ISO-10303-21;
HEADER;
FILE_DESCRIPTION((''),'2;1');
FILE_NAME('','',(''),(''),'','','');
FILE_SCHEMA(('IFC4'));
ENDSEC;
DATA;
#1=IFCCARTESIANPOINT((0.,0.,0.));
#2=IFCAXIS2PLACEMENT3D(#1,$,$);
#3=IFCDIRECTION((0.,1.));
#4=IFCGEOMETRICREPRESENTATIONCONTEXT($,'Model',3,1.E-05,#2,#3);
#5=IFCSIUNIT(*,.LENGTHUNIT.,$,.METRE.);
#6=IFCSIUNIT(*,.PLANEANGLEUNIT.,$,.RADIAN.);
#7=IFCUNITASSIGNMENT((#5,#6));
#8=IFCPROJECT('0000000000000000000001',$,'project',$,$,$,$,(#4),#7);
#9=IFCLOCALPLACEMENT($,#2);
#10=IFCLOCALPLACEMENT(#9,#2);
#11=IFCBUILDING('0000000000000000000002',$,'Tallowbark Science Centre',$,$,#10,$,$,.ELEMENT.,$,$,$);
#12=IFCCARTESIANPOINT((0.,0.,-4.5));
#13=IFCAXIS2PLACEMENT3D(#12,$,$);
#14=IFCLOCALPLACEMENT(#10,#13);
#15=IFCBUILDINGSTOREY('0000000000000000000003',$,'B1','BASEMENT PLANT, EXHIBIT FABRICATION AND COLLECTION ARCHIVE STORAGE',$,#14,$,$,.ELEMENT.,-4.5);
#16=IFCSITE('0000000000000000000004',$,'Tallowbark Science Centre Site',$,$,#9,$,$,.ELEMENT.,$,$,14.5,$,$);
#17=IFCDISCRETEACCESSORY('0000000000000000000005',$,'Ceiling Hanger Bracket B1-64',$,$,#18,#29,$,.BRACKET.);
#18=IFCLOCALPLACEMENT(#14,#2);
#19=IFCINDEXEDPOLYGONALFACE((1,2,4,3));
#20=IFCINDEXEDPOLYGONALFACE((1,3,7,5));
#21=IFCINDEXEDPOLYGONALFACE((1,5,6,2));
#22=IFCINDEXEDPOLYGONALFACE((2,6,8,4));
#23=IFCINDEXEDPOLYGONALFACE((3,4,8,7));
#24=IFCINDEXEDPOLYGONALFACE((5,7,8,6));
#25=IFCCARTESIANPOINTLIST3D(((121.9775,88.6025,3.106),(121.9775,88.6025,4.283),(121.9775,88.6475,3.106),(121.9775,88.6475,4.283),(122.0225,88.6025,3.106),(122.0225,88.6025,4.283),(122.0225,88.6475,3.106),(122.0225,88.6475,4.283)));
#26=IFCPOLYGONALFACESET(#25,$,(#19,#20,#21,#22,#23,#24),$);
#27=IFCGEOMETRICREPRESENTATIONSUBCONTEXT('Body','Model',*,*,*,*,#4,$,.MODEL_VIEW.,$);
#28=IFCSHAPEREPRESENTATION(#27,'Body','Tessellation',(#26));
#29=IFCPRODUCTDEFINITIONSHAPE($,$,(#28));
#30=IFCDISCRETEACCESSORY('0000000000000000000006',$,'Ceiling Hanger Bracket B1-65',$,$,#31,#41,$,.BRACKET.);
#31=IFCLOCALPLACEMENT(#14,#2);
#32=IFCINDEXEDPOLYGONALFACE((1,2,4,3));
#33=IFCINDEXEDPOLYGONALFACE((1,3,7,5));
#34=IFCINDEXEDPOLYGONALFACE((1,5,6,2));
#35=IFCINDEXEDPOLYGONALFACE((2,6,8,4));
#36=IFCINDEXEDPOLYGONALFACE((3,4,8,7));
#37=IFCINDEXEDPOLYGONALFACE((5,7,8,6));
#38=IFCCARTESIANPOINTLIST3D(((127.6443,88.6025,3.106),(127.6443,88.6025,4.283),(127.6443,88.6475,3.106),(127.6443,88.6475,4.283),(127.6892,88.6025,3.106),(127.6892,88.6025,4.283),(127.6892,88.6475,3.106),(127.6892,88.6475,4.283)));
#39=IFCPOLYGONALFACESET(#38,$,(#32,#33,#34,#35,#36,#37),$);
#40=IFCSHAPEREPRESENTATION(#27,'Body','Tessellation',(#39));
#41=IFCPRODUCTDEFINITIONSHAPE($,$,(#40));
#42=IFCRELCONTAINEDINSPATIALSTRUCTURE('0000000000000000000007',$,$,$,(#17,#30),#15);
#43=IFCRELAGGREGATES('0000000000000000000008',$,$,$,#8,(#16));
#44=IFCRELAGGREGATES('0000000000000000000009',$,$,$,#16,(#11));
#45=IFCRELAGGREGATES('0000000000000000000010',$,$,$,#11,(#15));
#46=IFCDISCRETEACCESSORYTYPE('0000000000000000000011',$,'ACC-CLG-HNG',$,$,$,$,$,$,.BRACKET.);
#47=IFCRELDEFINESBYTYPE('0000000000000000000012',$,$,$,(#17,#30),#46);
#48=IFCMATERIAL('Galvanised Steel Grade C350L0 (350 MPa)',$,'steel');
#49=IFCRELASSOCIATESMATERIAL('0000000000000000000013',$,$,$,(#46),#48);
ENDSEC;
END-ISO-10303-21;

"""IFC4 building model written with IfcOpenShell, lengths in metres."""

from ifc_helpers import new_model, si_unit, direction, frame, origin, origin_2d, place, context, subcontext, project, spatial, rectangle, extrude, material, type_object, element, save


model = new_model("IFC4")

# Units and contexts
model_context = context("Model", 3, precision=1e-05, world=origin(), true_north=direction((0.0, 1.0)))
body_context = subcontext(model_context, "Body", "Model", "MODEL_VIEW")
ifc_project = project(units=[si_unit("LENGTHUNIT", "METRE"), si_unit("PLANEANGLEUNIT", "RADIAN")], contexts=[model_context])

# Site, building, storey
site_placement = place(None, origin())
site = spatial("IfcSite", under=ifc_project, at=site_placement, Name="Tallowbark Science Centre Site", CompositionType="ELEMENT", RefElevation=14.5)
building_placement = place(site_placement, origin())
building = spatial("IfcBuilding", under=site, at=building_placement, Name="Tallowbark Science Centre", CompositionType="ELEMENT")
storey_placement = place(building_placement, frame((0.0, 0.0, -4.5)))
storey = spatial("IfcBuildingStorey", under=building, at=storey_placement, Name="B1", Description="BASEMENT PLANT, EXHIBIT FABRICATION AND COLLECTION ARCHIVE STORAGE", CompositionType="ELEMENT", Elevation=-4.5)

# Discrete accessories
ifc_material_1 = material(Name="Galvanised Steel Grade C350L0 (350 MPa)", Category="steel")
discrete_accessory_type = type_object("IfcDiscreteAccessoryType", Name="ACC-CLG-HNG", PredefinedType="BRACKET", material=ifc_material_1)
for number, where, z_axis, x_axis, name in (
    (1, (122.0, 88.625, 3.106), (0.0, 0.0, 1.0), (1.0, 0.0, 0.0), "Ceiling Hanger Bracket B1-64"),
    (2, (127.6667, 88.625, 3.106), (0.0, 0.0, 1.0), (1.0, 0.0, 0.0), "Ceiling Hanger Bracket B1-65"),
):
    element("IfcDiscreteAccessory", number, at=place(storey_placement, frame(where, z_axis=z_axis, x_axis=x_axis)), inside=storey, type_object=discrete_accessory_type, Name=name, PredefinedType="BRACKET", context=body_context, shape_type="SweptSolid", body=[
        extrude(rectangle(XDim=0.0449, YDim=0.0449, at=origin_2d()), origin(), (0.0, 0.0, 1.0), 1.177),
    ])

save(model, "model.ifc")
